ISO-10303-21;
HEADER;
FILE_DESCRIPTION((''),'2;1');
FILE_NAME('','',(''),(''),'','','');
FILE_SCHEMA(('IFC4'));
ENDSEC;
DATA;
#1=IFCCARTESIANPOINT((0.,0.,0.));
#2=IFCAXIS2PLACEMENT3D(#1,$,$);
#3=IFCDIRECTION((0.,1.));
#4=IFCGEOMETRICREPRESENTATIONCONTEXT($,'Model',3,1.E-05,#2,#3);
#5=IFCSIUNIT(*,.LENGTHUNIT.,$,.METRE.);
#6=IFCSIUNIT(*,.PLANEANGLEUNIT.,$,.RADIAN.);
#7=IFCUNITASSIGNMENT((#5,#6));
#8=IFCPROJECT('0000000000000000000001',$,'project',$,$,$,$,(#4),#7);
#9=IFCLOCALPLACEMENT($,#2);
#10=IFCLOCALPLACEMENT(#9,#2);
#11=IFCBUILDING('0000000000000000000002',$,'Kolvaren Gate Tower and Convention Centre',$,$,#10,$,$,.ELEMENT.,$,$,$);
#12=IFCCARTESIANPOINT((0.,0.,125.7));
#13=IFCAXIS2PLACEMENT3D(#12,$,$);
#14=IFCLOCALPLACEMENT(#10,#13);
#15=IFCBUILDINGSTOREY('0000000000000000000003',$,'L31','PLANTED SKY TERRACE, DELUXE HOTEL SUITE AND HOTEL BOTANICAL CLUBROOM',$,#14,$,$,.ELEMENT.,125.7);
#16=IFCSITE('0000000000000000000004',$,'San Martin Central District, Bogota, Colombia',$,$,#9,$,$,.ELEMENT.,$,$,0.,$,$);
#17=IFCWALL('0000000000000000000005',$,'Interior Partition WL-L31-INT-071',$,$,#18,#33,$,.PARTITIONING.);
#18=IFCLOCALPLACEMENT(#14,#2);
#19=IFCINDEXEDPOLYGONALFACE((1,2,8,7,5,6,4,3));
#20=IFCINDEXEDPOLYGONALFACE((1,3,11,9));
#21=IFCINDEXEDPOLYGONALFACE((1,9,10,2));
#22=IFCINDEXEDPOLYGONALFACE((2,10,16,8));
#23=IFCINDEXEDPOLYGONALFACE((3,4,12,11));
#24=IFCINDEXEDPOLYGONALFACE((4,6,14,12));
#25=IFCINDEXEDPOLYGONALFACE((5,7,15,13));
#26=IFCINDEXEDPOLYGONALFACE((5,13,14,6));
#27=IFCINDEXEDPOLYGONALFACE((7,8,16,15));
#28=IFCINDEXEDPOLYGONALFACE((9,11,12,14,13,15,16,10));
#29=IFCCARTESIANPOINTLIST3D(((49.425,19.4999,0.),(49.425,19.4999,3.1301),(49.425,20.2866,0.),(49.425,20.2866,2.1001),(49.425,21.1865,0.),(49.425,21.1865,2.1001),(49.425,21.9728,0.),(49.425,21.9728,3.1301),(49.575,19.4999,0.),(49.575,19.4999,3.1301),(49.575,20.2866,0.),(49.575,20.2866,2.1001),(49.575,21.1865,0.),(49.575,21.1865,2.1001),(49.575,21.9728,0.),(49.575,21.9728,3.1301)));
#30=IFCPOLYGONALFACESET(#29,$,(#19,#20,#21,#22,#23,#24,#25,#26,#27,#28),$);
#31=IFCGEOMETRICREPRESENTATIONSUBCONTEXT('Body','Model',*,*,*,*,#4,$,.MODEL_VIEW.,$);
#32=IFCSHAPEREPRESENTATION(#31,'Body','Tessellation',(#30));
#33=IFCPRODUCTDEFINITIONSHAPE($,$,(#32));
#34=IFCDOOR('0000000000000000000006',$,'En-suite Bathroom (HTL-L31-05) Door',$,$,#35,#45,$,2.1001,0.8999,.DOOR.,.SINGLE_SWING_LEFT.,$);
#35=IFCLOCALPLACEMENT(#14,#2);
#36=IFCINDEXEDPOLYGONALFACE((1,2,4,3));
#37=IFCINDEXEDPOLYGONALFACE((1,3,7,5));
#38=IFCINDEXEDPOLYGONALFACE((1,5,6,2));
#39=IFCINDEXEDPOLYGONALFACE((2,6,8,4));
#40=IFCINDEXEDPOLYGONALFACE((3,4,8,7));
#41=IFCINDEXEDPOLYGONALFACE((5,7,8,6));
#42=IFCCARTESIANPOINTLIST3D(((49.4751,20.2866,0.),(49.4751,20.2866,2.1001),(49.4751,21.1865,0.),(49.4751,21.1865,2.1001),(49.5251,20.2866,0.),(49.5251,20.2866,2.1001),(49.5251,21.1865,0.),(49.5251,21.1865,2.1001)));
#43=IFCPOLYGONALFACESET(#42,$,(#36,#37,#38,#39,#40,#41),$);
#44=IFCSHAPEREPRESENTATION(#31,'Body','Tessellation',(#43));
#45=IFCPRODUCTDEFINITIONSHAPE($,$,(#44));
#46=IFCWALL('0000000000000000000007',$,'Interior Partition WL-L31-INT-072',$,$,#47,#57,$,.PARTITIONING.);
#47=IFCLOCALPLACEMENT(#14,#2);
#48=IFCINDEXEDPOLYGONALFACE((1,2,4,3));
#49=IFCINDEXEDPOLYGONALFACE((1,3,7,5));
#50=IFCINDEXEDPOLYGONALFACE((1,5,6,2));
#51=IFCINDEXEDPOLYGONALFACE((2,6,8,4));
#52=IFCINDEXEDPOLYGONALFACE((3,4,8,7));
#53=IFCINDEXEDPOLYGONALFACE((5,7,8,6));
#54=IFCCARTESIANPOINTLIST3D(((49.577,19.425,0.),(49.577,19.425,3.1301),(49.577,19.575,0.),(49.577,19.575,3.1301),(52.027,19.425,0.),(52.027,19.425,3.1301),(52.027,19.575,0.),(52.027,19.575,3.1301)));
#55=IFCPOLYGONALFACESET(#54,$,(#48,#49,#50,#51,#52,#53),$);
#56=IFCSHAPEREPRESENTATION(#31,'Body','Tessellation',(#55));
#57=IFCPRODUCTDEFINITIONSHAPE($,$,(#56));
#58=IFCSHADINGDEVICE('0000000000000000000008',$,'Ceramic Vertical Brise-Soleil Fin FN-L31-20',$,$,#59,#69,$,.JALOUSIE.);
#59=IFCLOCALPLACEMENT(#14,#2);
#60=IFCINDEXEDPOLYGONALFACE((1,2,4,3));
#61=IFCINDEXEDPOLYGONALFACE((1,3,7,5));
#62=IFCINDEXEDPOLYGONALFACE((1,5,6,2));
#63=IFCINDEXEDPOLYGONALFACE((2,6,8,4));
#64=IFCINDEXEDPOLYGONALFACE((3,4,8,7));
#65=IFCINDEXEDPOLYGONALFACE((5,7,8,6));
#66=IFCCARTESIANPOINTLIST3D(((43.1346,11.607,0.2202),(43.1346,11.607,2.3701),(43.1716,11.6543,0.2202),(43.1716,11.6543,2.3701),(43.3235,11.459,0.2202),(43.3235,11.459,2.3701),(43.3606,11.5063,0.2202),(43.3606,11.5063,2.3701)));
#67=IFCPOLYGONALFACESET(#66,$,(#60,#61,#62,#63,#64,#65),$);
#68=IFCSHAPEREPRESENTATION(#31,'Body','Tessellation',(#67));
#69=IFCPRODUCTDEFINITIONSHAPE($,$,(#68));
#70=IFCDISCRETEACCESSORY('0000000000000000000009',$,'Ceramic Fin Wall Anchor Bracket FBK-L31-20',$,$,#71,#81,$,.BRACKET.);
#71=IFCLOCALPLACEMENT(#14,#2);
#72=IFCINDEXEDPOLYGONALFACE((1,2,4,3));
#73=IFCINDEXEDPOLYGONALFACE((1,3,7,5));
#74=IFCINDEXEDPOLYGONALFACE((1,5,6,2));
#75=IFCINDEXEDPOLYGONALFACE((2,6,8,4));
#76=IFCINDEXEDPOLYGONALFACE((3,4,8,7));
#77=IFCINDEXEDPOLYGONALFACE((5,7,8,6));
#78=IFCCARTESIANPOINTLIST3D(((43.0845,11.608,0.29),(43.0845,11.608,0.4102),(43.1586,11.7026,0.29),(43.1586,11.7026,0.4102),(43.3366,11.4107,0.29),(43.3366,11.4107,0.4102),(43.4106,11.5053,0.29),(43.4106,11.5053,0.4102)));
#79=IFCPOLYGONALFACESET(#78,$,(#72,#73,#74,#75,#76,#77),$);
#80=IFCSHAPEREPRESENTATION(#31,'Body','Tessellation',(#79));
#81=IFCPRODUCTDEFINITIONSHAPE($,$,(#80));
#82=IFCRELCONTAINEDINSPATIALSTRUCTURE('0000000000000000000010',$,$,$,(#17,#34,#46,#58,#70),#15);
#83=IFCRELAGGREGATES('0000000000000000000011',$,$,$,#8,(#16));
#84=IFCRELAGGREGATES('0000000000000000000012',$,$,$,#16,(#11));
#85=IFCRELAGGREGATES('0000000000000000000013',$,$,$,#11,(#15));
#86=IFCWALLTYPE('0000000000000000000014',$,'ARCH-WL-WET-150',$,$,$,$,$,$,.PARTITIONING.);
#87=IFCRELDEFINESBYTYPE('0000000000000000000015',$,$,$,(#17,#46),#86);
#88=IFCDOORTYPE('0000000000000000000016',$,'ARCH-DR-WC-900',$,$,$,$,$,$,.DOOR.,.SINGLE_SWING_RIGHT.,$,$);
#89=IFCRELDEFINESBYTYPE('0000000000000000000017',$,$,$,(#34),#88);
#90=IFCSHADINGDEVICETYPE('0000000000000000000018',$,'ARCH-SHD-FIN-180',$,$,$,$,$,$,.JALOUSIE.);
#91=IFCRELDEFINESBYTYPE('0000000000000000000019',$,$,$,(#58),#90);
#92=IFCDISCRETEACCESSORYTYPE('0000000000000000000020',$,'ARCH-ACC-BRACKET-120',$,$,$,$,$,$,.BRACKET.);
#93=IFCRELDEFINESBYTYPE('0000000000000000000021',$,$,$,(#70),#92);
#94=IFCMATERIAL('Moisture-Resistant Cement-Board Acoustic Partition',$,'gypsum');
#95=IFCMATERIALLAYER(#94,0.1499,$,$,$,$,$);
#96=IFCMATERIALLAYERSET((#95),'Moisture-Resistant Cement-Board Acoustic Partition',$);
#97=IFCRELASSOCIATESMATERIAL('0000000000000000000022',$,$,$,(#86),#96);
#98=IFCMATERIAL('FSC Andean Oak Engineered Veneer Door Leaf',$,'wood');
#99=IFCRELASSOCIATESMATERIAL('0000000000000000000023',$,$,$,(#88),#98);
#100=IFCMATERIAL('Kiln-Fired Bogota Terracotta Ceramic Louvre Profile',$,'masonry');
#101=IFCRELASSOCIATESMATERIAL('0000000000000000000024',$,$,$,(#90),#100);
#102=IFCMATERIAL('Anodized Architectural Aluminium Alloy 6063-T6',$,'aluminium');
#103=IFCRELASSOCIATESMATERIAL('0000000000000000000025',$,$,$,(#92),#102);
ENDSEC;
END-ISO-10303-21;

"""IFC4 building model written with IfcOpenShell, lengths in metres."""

from ifc_helpers import new_model, si_unit, direction, frame, frame_2d, origin, origin_2d, place, context, subcontext, project, spatial, rectangle, extrude, material, layer, layer_set, type_object, element, fill, save


model = new_model("IFC4")

# Units and contexts
model_context = context("Model", 3, precision=1e-05, world=origin(), true_north=direction((0.0, 1.0)))
body_context = subcontext(model_context, "Body", "Model", "MODEL_VIEW")
ifc_project = project(units=[si_unit("LENGTHUNIT", "METRE"), si_unit("PLANEANGLEUNIT", "RADIAN")], contexts=[model_context])

# Site, building, storey
site_placement = place(None, origin())
site = spatial("IfcSite", under=ifc_project, at=site_placement, Name="San Martin Central District, Bogota, Colombia", CompositionType="ELEMENT", RefElevation=0.0)
building_placement = place(site_placement, origin())
building = spatial("IfcBuilding", under=site, at=building_placement, Name="Kolvaren Gate Tower and Convention Centre", CompositionType="ELEMENT")
storey_placement = place(building_placement, frame((0.0, 0.0, 125.7)))
storey = spatial("IfcBuildingStorey", under=building, at=storey_placement, Name="L31", Description="PLANTED SKY TERRACE, DELUXE HOTEL SUITE AND HOTEL BOTANICAL CLUBROOM", CompositionType="ELEMENT", Elevation=125.7)

# Shared definitions
ifc_material_1 = material(Name="Anodized Architectural Aluminium Alloy 6063-T6", Category="aluminium")

# Shared definitions
ifc_material_2 = material(Name="Moisture-Resistant Cement-Board Acoustic Partition", Category="gypsum")
ifc_layer_1 = layer(ifc_material_2, 0.1499)
ifc_layer_set_1 = layer_set([ifc_layer_1], Name="Moisture-Resistant Cement-Board Acoustic Partition")
wall_type_1 = type_object("IfcWallType", Name="ARCH-WL-WET-150", PredefinedType="PARTITIONING", material=ifc_layer_set_1)

# Wall, opening, door
wall_1_placement = place(storey_placement, frame((49.5, 19.5, 0.0), z_axis=(0.0, 0.0, 1.0), x_axis=(0.0, 1.0, 0.0)))
wall_1 = element("IfcWall", 1, at=wall_1_placement, inside=storey, type_object=wall_type_1, Name="Interior Partition WL-L31-INT-071", PredefinedType="PARTITIONING", context=body_context, shape_type="SweptSolid", body=[
    extrude(rectangle(XDim=2.4729, YDim=0.1499, at=frame_2d((1.2363, 0.0))), origin(), (0.0, 0.0, 1.0), 3.1301),
])
opening_1_placement = place(wall_1_placement, frame((0.7866, 0.0, 0.0)))
opening_1 = element("IfcOpeningElement", 2, at=opening_1_placement, cuts=wall_1, PredefinedType="OPENING", context=body_context, shape_type="SweptSolid", body=[
    extrude(rectangle(XDim=0.8999, YDim=2.1001, at=frame_2d((0.45, 1.05))), frame((0.0, 0.085, 0.0), z_axis=(0.0, -1.0, 0.0), x_axis=(1.0, 0.0, 0.0)), (0.0, 0.0, 1.0), 0.1699),
])
ifc_material_3 = material(Name="FSC Andean Oak Engineered Veneer Door Leaf", Category="wood")
door_type_1 = type_object("IfcDoorType", Name="ARCH-DR-WC-900", OperationType="SINGLE_SWING_RIGHT", PredefinedType="DOOR", material=ifc_material_3)
door_1_placement = place(opening_1_placement, origin())
door_1 = element("IfcDoor", 3, at=door_1_placement, inside=storey, type_object=door_type_1, Name="En-suite Bathroom (HTL-L31-05) Door", OperationType="SINGLE_SWING_LEFT", OverallHeight=2.1001, OverallWidth=0.8999, PredefinedType="DOOR", context=body_context, shape_type="SweptSolid", body=[
    extrude(rectangle(XDim=0.8999, YDim=2.1001, at=frame_2d((0.45, 1.05))), frame((0.0, 0.0249, 0.0), z_axis=(0.0, -1.0, 0.0), x_axis=(1.0, 0.0, 0.0)), (0.0, 0.0, 1.0), 0.05),
])
fill(opening_1, door_1)

# Wall
wall_2_placement = place(storey_placement, frame((49.5769, 19.5, 0.0), z_axis=(0.0, 0.0, 1.0), x_axis=(1.0, 0.0, 0.0)))
element("IfcWall", 4, at=wall_2_placement, inside=storey, type_object=wall_type_1, Name="Interior Partition WL-L31-INT-072", PredefinedType="PARTITIONING", context=body_context, shape_type="SweptSolid", body=[
    extrude(rectangle(XDim=2.45, YDim=0.1499, at=frame_2d((1.2251, 0.0))), origin(), (0.0, 0.0, 1.0), 3.1301),
])

# Shading device
ifc_material_4 = material(Name="Kiln-Fired Bogota Terracotta Ceramic Louvre Profile", Category="masonry")
shading_device_type = type_object("IfcShadingDeviceType", Name="ARCH-SHD-FIN-180", PredefinedType="JALOUSIE", material=ifc_material_4)
shading_device_placement = place(storey_placement, frame((43.2476, 11.5566, 0.2202), z_axis=(0.0, 0.0, 1.0), x_axis=(0.616424, 0.787414, 0.0)))
element("IfcShadingDevice", 5, at=shading_device_placement, inside=storey, type_object=shading_device_type, Name="Ceramic Vertical Brise-Soleil Fin FN-L31-20", PredefinedType="JALOUSIE", context=body_context, shape_type="SweptSolid", body=[
    extrude(rectangle(XDim=0.0601, YDim=0.24, at=origin_2d()), origin(), (0.0, 0.0, 1.0), 2.1499),
])

# Discrete accessory
discrete_accessory_type = type_object("IfcDiscreteAccessoryType", Name="ARCH-ACC-BRACKET-120", PredefinedType="BRACKET", material=ifc_material_1)
discrete_accessory_placement = place(storey_placement, frame((43.2476, 11.5566, 0.29), z_axis=(0.0, 0.0, 1.0), x_axis=(0.616424, 0.787414, 0.0)))
element("IfcDiscreteAccessory", 6, at=discrete_accessory_placement, inside=storey, type_object=discrete_accessory_type, Name="Ceramic Fin Wall Anchor Bracket FBK-L31-20", PredefinedType="BRACKET", context=body_context, shape_type="SweptSolid", body=[
    extrude(rectangle(XDim=0.1201, YDim=0.3201, at=origin_2d()), origin(), (0.0, 0.0, 1.0), 0.1201),
])

save(model, "model.ifc")
